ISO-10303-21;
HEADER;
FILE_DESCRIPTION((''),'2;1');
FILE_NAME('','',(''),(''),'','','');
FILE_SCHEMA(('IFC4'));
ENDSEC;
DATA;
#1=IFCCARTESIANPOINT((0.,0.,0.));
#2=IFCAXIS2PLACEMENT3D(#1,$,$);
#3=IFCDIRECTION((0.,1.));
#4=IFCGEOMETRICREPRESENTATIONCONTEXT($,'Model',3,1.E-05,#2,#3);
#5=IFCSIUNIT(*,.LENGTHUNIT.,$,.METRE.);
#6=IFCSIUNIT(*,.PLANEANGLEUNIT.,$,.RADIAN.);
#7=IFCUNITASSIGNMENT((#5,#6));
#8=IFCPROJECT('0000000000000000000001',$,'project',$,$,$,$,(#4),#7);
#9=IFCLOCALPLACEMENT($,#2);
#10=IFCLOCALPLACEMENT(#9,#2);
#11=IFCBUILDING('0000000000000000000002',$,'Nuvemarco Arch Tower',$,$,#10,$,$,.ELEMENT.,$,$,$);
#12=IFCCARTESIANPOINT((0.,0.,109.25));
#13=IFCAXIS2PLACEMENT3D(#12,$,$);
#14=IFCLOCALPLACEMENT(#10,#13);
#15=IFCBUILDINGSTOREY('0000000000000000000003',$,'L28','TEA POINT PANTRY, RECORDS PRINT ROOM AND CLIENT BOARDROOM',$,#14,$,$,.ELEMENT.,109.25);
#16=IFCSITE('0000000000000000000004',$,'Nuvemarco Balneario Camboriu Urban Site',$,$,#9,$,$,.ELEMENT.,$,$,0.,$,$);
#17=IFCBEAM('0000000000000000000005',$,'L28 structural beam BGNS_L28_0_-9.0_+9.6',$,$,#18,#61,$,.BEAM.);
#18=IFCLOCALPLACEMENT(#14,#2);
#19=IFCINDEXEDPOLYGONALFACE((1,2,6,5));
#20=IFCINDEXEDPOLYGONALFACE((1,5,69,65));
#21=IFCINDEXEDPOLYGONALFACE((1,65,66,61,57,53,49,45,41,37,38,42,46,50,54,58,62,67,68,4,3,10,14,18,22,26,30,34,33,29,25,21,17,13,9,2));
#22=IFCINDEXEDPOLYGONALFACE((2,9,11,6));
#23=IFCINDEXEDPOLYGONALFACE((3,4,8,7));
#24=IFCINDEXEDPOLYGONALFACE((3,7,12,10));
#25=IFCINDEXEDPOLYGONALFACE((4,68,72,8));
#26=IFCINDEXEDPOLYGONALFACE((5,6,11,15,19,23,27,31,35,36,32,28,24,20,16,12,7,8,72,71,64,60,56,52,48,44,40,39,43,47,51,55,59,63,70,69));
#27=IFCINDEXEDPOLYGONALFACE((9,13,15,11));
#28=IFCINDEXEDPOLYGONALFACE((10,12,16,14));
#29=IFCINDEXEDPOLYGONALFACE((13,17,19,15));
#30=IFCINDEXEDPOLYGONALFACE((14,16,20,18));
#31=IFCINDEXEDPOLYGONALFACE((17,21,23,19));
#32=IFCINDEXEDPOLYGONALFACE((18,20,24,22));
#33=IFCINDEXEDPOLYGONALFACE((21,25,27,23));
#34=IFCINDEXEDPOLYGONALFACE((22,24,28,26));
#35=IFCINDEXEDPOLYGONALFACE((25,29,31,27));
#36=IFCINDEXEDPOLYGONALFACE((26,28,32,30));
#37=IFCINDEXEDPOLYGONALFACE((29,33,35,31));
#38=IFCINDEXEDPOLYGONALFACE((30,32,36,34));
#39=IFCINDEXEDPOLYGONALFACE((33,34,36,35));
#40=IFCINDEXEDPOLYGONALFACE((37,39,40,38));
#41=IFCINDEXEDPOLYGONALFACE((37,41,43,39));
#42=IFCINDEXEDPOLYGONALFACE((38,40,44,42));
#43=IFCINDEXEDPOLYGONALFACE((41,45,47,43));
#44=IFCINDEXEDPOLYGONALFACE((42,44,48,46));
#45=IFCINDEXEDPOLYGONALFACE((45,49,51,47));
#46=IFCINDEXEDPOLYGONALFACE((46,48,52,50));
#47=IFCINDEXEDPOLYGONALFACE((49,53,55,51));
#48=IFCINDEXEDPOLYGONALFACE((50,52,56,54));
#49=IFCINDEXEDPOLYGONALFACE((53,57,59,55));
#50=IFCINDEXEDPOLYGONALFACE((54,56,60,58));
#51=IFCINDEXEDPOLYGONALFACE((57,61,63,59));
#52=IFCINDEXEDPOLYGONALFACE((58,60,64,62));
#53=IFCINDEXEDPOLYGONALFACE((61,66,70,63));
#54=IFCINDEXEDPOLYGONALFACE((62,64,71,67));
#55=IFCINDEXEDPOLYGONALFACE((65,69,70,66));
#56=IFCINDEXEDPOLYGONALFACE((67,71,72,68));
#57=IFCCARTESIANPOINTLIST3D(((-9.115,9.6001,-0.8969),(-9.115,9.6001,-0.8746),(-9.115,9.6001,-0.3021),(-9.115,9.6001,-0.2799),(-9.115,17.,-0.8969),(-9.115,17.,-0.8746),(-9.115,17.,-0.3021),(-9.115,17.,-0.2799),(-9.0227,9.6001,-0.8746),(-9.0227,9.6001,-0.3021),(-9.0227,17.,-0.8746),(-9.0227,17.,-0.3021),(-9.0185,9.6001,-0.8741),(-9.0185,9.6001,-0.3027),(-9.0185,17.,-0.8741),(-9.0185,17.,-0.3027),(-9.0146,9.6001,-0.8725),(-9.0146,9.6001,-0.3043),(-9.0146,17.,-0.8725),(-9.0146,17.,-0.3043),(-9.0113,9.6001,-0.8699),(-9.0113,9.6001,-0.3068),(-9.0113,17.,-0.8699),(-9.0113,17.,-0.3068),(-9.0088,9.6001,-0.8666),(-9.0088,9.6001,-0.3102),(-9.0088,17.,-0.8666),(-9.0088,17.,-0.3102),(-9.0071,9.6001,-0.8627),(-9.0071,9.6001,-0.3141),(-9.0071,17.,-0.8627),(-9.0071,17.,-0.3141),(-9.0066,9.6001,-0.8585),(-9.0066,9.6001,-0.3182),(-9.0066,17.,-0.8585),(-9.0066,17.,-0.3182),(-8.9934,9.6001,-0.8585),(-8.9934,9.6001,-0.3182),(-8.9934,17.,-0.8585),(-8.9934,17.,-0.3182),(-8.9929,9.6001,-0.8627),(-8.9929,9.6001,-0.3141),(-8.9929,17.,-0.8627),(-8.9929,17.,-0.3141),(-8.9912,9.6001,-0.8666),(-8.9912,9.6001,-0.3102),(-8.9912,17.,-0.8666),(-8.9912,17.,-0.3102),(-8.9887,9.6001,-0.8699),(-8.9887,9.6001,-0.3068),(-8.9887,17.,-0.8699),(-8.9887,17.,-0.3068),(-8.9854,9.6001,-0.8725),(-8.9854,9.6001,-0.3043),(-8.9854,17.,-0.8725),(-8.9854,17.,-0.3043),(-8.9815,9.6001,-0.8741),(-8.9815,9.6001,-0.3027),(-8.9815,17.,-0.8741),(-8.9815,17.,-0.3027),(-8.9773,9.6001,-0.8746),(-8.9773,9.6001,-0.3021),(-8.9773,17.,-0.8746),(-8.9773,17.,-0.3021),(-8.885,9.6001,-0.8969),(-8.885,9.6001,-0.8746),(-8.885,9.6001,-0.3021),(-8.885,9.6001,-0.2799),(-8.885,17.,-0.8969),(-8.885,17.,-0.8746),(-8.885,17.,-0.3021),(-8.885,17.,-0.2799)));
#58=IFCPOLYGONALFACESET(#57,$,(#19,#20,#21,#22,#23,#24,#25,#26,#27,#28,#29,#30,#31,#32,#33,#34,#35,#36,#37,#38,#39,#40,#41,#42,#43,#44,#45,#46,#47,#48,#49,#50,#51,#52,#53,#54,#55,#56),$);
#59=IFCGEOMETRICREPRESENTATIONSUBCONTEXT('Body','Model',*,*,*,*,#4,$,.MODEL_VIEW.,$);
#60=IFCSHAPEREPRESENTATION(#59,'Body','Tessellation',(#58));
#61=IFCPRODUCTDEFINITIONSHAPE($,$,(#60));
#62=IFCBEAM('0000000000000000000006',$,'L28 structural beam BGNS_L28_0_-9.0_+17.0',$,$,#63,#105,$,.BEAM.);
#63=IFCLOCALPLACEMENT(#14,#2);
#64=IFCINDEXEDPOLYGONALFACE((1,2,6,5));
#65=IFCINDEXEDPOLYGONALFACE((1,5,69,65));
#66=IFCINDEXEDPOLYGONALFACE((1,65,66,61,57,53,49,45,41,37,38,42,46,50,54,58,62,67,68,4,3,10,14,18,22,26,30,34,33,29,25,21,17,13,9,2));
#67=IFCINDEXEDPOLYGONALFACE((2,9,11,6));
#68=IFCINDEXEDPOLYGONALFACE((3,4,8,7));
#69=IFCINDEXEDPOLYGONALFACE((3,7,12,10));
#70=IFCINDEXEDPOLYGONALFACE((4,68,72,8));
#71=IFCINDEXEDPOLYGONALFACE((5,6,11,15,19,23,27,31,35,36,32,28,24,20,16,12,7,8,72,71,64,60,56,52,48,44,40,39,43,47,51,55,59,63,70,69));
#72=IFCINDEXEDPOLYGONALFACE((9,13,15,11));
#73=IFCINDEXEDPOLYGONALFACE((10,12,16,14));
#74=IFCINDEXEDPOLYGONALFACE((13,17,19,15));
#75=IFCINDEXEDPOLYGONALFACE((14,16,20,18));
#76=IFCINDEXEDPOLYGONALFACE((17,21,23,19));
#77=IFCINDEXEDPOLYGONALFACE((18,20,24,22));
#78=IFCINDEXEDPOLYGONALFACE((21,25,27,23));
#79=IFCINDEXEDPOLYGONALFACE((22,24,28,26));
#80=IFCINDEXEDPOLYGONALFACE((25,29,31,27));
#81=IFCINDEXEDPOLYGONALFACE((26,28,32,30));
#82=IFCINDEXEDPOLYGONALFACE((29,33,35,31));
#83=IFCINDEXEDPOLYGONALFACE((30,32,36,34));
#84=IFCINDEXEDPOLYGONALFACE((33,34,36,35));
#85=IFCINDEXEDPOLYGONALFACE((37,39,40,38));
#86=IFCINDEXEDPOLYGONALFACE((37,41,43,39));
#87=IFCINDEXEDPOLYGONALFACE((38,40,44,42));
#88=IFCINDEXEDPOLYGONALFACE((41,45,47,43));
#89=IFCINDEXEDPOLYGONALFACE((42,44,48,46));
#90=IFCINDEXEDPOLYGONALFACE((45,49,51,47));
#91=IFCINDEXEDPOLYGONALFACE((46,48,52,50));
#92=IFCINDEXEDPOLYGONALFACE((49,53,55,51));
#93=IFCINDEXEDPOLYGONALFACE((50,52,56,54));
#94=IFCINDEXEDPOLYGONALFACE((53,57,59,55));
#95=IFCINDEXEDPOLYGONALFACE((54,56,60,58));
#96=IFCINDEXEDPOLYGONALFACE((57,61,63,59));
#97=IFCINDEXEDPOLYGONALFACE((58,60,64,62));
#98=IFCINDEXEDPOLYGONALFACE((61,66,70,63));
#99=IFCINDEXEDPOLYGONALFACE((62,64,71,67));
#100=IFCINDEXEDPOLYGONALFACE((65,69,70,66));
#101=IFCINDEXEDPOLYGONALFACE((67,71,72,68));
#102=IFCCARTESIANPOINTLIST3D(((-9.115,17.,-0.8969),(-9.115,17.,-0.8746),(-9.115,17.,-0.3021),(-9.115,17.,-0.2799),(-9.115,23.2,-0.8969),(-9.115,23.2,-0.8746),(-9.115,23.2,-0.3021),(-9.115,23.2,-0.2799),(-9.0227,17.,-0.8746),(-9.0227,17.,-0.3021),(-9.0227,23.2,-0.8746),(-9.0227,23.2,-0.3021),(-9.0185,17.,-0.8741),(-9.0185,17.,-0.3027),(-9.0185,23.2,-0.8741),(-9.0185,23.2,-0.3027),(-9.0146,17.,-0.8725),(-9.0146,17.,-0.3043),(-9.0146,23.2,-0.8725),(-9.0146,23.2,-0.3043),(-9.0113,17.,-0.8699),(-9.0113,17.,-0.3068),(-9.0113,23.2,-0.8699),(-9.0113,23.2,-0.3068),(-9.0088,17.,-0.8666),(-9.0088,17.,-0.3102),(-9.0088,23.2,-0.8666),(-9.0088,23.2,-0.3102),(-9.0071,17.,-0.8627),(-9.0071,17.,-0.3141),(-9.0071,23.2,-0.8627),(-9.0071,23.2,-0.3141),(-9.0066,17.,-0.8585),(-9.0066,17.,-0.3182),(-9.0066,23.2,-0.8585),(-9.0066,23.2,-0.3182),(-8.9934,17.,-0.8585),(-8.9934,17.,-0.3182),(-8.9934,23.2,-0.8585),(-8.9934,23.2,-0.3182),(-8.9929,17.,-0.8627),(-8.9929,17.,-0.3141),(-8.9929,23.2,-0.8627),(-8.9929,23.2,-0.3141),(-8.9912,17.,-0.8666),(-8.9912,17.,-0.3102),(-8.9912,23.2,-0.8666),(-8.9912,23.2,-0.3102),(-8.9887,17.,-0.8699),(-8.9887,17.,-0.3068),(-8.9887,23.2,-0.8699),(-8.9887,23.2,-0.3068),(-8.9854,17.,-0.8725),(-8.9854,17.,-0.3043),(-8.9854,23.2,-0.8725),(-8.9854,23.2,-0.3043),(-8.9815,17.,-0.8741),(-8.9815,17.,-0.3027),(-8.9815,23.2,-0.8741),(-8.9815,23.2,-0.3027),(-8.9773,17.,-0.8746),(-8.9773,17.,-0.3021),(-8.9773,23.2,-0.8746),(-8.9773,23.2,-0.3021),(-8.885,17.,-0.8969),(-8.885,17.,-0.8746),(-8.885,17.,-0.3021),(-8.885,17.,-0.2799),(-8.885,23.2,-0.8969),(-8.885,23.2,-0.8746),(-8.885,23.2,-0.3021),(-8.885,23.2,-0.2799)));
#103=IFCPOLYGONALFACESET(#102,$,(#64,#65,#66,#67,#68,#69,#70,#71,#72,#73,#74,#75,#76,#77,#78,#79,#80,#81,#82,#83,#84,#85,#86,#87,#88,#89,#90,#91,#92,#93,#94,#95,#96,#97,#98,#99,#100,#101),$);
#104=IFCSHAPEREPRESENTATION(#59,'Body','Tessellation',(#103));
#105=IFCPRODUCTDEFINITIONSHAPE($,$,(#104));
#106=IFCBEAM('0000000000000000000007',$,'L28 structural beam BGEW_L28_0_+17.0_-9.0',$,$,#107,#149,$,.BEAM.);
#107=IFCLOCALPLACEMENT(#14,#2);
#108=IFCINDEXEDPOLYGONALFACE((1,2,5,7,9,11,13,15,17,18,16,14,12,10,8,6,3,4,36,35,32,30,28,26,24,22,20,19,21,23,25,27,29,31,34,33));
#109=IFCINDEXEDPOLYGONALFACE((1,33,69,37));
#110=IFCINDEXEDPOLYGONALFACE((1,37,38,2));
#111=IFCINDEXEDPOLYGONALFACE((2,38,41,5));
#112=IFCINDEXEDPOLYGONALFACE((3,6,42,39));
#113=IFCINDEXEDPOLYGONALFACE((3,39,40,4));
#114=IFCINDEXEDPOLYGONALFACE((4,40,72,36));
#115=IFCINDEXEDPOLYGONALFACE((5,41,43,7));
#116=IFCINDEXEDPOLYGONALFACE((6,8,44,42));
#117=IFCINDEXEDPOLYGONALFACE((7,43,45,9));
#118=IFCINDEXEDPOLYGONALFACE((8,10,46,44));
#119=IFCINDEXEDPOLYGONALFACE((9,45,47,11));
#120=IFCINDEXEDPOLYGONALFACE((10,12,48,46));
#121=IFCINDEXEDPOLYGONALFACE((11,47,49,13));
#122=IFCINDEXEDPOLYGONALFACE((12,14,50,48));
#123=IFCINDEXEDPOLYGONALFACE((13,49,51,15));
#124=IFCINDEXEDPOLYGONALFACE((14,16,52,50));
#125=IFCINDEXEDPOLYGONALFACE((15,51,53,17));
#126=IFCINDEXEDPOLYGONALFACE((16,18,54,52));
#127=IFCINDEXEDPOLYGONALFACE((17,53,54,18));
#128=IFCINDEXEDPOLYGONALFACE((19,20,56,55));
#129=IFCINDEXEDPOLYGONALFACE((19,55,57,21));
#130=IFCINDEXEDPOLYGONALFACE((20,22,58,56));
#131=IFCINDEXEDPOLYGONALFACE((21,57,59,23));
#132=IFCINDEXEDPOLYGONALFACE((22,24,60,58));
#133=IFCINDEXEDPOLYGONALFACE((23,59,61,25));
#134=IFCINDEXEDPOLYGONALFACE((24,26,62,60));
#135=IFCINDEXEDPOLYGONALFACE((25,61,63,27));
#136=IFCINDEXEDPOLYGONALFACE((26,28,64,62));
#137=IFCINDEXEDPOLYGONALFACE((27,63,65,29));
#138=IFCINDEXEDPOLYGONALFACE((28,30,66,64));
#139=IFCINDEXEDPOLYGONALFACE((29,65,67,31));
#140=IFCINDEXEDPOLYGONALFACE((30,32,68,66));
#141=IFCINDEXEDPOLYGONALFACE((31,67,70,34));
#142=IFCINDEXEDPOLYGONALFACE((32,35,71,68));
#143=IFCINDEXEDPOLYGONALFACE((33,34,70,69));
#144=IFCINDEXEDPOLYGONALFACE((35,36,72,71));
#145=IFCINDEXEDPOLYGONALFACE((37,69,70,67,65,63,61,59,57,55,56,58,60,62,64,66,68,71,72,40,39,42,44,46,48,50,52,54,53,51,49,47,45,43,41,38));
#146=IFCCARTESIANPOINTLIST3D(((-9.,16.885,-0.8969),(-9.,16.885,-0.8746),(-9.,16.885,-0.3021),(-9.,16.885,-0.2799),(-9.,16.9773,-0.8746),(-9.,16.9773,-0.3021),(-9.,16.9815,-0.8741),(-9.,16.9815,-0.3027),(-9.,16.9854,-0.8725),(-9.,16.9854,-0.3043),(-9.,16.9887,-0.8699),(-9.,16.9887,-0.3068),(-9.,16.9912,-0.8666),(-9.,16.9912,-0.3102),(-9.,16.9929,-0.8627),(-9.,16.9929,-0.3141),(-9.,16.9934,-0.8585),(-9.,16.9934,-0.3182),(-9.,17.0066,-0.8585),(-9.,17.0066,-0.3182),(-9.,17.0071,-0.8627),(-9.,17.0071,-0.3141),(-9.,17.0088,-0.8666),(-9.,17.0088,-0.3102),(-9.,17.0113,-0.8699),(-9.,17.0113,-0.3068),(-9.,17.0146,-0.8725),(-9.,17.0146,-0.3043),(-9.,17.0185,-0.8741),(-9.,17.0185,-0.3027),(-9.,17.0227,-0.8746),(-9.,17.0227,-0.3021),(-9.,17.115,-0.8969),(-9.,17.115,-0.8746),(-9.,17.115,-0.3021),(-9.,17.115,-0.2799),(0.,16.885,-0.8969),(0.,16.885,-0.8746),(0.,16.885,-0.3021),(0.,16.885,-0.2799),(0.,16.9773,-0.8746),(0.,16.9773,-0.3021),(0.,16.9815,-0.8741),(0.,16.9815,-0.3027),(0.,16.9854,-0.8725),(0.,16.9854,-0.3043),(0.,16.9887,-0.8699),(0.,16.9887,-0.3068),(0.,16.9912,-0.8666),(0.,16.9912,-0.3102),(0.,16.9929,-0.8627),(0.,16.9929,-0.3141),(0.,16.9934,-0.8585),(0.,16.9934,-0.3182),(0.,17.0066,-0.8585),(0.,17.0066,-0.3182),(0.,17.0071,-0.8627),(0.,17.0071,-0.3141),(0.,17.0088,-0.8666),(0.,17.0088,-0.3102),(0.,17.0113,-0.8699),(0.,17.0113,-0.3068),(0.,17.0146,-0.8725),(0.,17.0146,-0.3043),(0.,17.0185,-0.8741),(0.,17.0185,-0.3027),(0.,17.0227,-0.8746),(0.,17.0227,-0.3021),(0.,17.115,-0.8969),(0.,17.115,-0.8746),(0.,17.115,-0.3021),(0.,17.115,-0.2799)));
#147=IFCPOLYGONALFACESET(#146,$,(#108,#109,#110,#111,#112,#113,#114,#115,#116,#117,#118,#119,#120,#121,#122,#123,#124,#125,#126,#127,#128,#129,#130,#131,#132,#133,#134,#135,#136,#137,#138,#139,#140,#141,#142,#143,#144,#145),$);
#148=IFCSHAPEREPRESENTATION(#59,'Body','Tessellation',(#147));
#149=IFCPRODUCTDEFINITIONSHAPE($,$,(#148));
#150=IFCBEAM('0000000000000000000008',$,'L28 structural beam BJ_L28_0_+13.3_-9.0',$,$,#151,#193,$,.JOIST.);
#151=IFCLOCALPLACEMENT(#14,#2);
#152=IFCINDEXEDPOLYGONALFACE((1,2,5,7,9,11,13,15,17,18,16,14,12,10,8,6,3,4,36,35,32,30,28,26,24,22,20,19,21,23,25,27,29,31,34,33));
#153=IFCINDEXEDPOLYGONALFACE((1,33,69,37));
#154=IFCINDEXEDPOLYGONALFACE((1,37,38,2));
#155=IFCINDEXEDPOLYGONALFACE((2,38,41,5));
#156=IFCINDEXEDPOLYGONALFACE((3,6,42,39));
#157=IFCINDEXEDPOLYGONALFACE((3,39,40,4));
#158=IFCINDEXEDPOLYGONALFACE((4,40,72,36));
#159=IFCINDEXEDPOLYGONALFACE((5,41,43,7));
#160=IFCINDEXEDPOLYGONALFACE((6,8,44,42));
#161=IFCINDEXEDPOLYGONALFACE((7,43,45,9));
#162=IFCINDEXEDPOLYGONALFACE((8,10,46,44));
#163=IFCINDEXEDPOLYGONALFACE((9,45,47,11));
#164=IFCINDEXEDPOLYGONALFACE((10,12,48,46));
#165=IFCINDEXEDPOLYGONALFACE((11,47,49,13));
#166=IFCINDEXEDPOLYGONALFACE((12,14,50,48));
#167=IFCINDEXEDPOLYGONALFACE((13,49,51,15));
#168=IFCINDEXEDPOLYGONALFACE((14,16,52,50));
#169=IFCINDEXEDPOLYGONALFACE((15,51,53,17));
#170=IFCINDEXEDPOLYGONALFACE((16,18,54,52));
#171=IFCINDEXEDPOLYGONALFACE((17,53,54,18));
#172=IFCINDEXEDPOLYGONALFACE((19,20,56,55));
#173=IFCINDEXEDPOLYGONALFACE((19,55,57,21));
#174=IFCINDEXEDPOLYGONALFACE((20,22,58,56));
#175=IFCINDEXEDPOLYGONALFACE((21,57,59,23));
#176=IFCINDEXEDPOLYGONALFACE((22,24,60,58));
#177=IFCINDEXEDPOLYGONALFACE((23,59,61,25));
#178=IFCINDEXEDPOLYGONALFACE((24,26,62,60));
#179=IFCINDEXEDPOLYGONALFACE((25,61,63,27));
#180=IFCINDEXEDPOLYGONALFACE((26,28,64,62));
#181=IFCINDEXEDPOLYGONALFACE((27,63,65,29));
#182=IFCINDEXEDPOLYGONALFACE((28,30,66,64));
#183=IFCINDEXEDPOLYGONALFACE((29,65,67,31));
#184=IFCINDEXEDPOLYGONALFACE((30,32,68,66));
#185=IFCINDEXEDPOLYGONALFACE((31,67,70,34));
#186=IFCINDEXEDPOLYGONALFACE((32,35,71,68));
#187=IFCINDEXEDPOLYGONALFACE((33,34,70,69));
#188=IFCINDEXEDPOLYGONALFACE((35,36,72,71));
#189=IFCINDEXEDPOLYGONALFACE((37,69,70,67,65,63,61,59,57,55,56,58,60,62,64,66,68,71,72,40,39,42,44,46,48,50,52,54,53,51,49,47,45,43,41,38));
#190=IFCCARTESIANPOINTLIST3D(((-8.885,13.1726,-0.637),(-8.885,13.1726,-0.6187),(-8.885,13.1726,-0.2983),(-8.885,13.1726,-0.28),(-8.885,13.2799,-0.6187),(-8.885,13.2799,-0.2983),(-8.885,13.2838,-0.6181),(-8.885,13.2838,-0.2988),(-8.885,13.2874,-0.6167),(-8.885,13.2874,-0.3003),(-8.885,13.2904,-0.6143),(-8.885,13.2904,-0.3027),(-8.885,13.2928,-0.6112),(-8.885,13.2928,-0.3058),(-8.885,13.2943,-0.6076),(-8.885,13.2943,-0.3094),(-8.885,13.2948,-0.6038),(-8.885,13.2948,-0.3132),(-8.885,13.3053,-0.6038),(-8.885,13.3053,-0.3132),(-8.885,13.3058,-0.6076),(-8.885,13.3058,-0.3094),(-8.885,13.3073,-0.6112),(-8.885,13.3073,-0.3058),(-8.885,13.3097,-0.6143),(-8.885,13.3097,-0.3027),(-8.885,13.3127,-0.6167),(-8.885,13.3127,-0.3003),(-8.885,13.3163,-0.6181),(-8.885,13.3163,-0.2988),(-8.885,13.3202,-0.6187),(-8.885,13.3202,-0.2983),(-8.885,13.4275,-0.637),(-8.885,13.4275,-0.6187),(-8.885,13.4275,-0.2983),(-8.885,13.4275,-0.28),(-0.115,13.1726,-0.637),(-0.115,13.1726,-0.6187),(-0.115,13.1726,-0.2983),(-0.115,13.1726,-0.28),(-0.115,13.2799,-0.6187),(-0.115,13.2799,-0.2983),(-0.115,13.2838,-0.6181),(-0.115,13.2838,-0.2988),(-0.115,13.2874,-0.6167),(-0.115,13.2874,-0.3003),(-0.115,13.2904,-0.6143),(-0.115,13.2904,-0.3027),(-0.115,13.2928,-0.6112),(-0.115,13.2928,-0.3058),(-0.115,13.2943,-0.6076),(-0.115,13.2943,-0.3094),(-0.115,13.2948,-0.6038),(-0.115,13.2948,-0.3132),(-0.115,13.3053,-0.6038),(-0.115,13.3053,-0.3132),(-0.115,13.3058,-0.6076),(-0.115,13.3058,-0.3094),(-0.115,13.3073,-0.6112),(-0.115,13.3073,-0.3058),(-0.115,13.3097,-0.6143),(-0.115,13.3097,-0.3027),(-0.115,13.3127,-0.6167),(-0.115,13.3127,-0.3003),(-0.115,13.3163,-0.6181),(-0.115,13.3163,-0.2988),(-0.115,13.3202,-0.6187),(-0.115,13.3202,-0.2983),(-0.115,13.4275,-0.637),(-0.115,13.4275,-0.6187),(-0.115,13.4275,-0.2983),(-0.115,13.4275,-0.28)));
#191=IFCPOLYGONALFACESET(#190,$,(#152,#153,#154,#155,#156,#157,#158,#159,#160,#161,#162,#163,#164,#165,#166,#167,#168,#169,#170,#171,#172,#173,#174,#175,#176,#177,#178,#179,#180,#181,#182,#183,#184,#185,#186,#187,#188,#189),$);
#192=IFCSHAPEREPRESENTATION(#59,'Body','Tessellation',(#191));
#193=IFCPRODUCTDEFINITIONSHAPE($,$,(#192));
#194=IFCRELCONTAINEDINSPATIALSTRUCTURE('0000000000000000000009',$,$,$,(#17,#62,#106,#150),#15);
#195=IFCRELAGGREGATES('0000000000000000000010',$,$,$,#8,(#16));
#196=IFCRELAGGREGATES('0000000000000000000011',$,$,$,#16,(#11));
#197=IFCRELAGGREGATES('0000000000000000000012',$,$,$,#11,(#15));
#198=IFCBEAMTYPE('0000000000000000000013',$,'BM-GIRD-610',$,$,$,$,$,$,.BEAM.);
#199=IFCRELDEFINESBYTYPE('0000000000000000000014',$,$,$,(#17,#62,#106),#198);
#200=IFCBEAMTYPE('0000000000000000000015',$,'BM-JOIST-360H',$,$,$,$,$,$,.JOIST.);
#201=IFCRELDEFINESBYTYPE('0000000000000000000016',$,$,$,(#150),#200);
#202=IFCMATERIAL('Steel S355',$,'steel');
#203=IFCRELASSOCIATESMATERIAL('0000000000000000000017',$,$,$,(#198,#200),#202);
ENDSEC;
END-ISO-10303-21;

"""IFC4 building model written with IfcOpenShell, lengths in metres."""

from ifc_helpers import new_model, si_unit, direction, frame, origin, origin_2d, place, context, subcontext, project, spatial, i_section, extrude, material, material_profile, profile_set, type_object, element, save


model = new_model("IFC4")

# Units and contexts
model_context = context("Model", 3, precision=1e-05, world=origin(), true_north=direction((0.0, 1.0)))
body_context = subcontext(model_context, "Body", "Model", "MODEL_VIEW")
ifc_project = project(units=[si_unit("LENGTHUNIT", "METRE"), si_unit("PLANEANGLEUNIT", "RADIAN")], contexts=[model_context])

# Site, building, storey
site_placement = place(None, origin())
site = spatial("IfcSite", under=ifc_project, at=site_placement, Name="Nuvemarco Balneario Camboriu Urban Site", CompositionType="ELEMENT", RefElevation=0.0)
building_placement = place(site_placement, origin())
building = spatial("IfcBuilding", under=site, at=building_placement, Name="Nuvemarco Arch Tower", CompositionType="ELEMENT")
storey_placement = place(building_placement, frame((0.0, 0.0, 109.25)))
storey = spatial("IfcBuildingStorey", under=building, at=storey_placement, Name="L28", Description="TEA POINT PANTRY, RECORDS PRINT ROOM AND CLIENT BOARDROOM", CompositionType="ELEMENT", Elevation=109.25)

# Shared definitions
ifc_material_1 = material(Name="Steel S355", Category="steel")

# Beams
ifc_material_profile_1 = material_profile(ifc_material_1, i_section(OverallWidth=0.23, OverallDepth=0.6169, WebThickness=0.0132, FlangeThickness=0.0222, FilletRadius=0.0161, at=origin_2d()), Name="W610x140")
ifc_profile_set_1 = profile_set([ifc_material_profile_1], Name="Steel S355")
beam_type_1 = type_object("IfcBeamType", Name="BM-GIRD-610", PredefinedType="BEAM", material=ifc_profile_set_1)
beam_1_placement = place(storey_placement, frame((-9.0, 9.6001, -0.5884), z_axis=(0.0, 1.0, 0.0), x_axis=(-1.0, 0.0, 0.0)))
element("IfcBeam", 1, at=beam_1_placement, inside=storey, type_object=beam_type_1, Name="L28 structural beam BGNS_L28_0_-9.0_+9.6", PredefinedType="BEAM", context=body_context, shape_type="SweptSolid", body=[
    extrude(i_section(OverallWidth=0.23, OverallDepth=0.6169, WebThickness=0.0132, FlangeThickness=0.0222, FilletRadius=0.0161, at=origin_2d()), origin(), (0.0, 0.0, 1.0), 7.3999),
])
beam_2_placement = place(storey_placement, frame((-9.0, 17.0, -0.5884), z_axis=(0.0, 1.0, 0.0), x_axis=(-1.0, 0.0, 0.0)))
element("IfcBeam", 2, at=beam_2_placement, inside=storey, type_object=beam_type_1, Name="L28 structural beam BGNS_L28_0_-9.0_+17.0", PredefinedType="BEAM", context=body_context, shape_type="SweptSolid", body=[
    extrude(i_section(OverallWidth=0.23, OverallDepth=0.6169, WebThickness=0.0132, FlangeThickness=0.0222, FilletRadius=0.0161, at=origin_2d()), origin(), (0.0, 0.0, 1.0), 6.2),
])
beam_3_placement = place(storey_placement, frame((-9.0, 17.0, -0.5884), z_axis=(1.0, 0.0, 0.0), x_axis=(0.0, 1.0, 0.0)))
element("IfcBeam", 3, at=beam_3_placement, inside=storey, type_object=beam_type_1, Name="L28 structural beam BGEW_L28_0_+17.0_-9.0", PredefinedType="BEAM", context=body_context, shape_type="SweptSolid", body=[
    extrude(i_section(OverallWidth=0.23, OverallDepth=0.6169, WebThickness=0.0132, FlangeThickness=0.0222, FilletRadius=0.0161, at=origin_2d()), origin(), (0.0, 0.0, 1.0), 9.0),
])
ifc_material_profile_2 = material_profile(ifc_material_1, i_section(OverallWidth=0.2549, OverallDepth=0.3569, WebThickness=0.0105, FlangeThickness=0.0183, FilletRadius=0.0149, at=origin_2d()), Name="W360x101")
ifc_profile_set_2 = profile_set([ifc_material_profile_2], Name="Steel S355")
beam_type_2 = type_object("IfcBeamType", Name="BM-JOIST-360H", PredefinedType="JOIST", material=ifc_profile_set_2)
beam_4_placement = place(storey_placement, frame((-8.885, 13.3, -0.4585), z_axis=(1.0, 0.0, 0.0), x_axis=(0.0, 1.0, 0.0)))
element("IfcBeam", 4, at=beam_4_placement, inside=storey, type_object=beam_type_2, Name="L28 structural beam BJ_L28_0_+13.3_-9.0", PredefinedType="JOIST", context=body_context, shape_type="SweptSolid", body=[
    extrude(i_section(OverallWidth=0.2549, OverallDepth=0.3569, WebThickness=0.0105, FlangeThickness=0.0183, FilletRadius=0.0149, at=origin_2d()), origin(), (0.0, 0.0, 1.0), 8.77),
])

save(model, "model.ifc")
